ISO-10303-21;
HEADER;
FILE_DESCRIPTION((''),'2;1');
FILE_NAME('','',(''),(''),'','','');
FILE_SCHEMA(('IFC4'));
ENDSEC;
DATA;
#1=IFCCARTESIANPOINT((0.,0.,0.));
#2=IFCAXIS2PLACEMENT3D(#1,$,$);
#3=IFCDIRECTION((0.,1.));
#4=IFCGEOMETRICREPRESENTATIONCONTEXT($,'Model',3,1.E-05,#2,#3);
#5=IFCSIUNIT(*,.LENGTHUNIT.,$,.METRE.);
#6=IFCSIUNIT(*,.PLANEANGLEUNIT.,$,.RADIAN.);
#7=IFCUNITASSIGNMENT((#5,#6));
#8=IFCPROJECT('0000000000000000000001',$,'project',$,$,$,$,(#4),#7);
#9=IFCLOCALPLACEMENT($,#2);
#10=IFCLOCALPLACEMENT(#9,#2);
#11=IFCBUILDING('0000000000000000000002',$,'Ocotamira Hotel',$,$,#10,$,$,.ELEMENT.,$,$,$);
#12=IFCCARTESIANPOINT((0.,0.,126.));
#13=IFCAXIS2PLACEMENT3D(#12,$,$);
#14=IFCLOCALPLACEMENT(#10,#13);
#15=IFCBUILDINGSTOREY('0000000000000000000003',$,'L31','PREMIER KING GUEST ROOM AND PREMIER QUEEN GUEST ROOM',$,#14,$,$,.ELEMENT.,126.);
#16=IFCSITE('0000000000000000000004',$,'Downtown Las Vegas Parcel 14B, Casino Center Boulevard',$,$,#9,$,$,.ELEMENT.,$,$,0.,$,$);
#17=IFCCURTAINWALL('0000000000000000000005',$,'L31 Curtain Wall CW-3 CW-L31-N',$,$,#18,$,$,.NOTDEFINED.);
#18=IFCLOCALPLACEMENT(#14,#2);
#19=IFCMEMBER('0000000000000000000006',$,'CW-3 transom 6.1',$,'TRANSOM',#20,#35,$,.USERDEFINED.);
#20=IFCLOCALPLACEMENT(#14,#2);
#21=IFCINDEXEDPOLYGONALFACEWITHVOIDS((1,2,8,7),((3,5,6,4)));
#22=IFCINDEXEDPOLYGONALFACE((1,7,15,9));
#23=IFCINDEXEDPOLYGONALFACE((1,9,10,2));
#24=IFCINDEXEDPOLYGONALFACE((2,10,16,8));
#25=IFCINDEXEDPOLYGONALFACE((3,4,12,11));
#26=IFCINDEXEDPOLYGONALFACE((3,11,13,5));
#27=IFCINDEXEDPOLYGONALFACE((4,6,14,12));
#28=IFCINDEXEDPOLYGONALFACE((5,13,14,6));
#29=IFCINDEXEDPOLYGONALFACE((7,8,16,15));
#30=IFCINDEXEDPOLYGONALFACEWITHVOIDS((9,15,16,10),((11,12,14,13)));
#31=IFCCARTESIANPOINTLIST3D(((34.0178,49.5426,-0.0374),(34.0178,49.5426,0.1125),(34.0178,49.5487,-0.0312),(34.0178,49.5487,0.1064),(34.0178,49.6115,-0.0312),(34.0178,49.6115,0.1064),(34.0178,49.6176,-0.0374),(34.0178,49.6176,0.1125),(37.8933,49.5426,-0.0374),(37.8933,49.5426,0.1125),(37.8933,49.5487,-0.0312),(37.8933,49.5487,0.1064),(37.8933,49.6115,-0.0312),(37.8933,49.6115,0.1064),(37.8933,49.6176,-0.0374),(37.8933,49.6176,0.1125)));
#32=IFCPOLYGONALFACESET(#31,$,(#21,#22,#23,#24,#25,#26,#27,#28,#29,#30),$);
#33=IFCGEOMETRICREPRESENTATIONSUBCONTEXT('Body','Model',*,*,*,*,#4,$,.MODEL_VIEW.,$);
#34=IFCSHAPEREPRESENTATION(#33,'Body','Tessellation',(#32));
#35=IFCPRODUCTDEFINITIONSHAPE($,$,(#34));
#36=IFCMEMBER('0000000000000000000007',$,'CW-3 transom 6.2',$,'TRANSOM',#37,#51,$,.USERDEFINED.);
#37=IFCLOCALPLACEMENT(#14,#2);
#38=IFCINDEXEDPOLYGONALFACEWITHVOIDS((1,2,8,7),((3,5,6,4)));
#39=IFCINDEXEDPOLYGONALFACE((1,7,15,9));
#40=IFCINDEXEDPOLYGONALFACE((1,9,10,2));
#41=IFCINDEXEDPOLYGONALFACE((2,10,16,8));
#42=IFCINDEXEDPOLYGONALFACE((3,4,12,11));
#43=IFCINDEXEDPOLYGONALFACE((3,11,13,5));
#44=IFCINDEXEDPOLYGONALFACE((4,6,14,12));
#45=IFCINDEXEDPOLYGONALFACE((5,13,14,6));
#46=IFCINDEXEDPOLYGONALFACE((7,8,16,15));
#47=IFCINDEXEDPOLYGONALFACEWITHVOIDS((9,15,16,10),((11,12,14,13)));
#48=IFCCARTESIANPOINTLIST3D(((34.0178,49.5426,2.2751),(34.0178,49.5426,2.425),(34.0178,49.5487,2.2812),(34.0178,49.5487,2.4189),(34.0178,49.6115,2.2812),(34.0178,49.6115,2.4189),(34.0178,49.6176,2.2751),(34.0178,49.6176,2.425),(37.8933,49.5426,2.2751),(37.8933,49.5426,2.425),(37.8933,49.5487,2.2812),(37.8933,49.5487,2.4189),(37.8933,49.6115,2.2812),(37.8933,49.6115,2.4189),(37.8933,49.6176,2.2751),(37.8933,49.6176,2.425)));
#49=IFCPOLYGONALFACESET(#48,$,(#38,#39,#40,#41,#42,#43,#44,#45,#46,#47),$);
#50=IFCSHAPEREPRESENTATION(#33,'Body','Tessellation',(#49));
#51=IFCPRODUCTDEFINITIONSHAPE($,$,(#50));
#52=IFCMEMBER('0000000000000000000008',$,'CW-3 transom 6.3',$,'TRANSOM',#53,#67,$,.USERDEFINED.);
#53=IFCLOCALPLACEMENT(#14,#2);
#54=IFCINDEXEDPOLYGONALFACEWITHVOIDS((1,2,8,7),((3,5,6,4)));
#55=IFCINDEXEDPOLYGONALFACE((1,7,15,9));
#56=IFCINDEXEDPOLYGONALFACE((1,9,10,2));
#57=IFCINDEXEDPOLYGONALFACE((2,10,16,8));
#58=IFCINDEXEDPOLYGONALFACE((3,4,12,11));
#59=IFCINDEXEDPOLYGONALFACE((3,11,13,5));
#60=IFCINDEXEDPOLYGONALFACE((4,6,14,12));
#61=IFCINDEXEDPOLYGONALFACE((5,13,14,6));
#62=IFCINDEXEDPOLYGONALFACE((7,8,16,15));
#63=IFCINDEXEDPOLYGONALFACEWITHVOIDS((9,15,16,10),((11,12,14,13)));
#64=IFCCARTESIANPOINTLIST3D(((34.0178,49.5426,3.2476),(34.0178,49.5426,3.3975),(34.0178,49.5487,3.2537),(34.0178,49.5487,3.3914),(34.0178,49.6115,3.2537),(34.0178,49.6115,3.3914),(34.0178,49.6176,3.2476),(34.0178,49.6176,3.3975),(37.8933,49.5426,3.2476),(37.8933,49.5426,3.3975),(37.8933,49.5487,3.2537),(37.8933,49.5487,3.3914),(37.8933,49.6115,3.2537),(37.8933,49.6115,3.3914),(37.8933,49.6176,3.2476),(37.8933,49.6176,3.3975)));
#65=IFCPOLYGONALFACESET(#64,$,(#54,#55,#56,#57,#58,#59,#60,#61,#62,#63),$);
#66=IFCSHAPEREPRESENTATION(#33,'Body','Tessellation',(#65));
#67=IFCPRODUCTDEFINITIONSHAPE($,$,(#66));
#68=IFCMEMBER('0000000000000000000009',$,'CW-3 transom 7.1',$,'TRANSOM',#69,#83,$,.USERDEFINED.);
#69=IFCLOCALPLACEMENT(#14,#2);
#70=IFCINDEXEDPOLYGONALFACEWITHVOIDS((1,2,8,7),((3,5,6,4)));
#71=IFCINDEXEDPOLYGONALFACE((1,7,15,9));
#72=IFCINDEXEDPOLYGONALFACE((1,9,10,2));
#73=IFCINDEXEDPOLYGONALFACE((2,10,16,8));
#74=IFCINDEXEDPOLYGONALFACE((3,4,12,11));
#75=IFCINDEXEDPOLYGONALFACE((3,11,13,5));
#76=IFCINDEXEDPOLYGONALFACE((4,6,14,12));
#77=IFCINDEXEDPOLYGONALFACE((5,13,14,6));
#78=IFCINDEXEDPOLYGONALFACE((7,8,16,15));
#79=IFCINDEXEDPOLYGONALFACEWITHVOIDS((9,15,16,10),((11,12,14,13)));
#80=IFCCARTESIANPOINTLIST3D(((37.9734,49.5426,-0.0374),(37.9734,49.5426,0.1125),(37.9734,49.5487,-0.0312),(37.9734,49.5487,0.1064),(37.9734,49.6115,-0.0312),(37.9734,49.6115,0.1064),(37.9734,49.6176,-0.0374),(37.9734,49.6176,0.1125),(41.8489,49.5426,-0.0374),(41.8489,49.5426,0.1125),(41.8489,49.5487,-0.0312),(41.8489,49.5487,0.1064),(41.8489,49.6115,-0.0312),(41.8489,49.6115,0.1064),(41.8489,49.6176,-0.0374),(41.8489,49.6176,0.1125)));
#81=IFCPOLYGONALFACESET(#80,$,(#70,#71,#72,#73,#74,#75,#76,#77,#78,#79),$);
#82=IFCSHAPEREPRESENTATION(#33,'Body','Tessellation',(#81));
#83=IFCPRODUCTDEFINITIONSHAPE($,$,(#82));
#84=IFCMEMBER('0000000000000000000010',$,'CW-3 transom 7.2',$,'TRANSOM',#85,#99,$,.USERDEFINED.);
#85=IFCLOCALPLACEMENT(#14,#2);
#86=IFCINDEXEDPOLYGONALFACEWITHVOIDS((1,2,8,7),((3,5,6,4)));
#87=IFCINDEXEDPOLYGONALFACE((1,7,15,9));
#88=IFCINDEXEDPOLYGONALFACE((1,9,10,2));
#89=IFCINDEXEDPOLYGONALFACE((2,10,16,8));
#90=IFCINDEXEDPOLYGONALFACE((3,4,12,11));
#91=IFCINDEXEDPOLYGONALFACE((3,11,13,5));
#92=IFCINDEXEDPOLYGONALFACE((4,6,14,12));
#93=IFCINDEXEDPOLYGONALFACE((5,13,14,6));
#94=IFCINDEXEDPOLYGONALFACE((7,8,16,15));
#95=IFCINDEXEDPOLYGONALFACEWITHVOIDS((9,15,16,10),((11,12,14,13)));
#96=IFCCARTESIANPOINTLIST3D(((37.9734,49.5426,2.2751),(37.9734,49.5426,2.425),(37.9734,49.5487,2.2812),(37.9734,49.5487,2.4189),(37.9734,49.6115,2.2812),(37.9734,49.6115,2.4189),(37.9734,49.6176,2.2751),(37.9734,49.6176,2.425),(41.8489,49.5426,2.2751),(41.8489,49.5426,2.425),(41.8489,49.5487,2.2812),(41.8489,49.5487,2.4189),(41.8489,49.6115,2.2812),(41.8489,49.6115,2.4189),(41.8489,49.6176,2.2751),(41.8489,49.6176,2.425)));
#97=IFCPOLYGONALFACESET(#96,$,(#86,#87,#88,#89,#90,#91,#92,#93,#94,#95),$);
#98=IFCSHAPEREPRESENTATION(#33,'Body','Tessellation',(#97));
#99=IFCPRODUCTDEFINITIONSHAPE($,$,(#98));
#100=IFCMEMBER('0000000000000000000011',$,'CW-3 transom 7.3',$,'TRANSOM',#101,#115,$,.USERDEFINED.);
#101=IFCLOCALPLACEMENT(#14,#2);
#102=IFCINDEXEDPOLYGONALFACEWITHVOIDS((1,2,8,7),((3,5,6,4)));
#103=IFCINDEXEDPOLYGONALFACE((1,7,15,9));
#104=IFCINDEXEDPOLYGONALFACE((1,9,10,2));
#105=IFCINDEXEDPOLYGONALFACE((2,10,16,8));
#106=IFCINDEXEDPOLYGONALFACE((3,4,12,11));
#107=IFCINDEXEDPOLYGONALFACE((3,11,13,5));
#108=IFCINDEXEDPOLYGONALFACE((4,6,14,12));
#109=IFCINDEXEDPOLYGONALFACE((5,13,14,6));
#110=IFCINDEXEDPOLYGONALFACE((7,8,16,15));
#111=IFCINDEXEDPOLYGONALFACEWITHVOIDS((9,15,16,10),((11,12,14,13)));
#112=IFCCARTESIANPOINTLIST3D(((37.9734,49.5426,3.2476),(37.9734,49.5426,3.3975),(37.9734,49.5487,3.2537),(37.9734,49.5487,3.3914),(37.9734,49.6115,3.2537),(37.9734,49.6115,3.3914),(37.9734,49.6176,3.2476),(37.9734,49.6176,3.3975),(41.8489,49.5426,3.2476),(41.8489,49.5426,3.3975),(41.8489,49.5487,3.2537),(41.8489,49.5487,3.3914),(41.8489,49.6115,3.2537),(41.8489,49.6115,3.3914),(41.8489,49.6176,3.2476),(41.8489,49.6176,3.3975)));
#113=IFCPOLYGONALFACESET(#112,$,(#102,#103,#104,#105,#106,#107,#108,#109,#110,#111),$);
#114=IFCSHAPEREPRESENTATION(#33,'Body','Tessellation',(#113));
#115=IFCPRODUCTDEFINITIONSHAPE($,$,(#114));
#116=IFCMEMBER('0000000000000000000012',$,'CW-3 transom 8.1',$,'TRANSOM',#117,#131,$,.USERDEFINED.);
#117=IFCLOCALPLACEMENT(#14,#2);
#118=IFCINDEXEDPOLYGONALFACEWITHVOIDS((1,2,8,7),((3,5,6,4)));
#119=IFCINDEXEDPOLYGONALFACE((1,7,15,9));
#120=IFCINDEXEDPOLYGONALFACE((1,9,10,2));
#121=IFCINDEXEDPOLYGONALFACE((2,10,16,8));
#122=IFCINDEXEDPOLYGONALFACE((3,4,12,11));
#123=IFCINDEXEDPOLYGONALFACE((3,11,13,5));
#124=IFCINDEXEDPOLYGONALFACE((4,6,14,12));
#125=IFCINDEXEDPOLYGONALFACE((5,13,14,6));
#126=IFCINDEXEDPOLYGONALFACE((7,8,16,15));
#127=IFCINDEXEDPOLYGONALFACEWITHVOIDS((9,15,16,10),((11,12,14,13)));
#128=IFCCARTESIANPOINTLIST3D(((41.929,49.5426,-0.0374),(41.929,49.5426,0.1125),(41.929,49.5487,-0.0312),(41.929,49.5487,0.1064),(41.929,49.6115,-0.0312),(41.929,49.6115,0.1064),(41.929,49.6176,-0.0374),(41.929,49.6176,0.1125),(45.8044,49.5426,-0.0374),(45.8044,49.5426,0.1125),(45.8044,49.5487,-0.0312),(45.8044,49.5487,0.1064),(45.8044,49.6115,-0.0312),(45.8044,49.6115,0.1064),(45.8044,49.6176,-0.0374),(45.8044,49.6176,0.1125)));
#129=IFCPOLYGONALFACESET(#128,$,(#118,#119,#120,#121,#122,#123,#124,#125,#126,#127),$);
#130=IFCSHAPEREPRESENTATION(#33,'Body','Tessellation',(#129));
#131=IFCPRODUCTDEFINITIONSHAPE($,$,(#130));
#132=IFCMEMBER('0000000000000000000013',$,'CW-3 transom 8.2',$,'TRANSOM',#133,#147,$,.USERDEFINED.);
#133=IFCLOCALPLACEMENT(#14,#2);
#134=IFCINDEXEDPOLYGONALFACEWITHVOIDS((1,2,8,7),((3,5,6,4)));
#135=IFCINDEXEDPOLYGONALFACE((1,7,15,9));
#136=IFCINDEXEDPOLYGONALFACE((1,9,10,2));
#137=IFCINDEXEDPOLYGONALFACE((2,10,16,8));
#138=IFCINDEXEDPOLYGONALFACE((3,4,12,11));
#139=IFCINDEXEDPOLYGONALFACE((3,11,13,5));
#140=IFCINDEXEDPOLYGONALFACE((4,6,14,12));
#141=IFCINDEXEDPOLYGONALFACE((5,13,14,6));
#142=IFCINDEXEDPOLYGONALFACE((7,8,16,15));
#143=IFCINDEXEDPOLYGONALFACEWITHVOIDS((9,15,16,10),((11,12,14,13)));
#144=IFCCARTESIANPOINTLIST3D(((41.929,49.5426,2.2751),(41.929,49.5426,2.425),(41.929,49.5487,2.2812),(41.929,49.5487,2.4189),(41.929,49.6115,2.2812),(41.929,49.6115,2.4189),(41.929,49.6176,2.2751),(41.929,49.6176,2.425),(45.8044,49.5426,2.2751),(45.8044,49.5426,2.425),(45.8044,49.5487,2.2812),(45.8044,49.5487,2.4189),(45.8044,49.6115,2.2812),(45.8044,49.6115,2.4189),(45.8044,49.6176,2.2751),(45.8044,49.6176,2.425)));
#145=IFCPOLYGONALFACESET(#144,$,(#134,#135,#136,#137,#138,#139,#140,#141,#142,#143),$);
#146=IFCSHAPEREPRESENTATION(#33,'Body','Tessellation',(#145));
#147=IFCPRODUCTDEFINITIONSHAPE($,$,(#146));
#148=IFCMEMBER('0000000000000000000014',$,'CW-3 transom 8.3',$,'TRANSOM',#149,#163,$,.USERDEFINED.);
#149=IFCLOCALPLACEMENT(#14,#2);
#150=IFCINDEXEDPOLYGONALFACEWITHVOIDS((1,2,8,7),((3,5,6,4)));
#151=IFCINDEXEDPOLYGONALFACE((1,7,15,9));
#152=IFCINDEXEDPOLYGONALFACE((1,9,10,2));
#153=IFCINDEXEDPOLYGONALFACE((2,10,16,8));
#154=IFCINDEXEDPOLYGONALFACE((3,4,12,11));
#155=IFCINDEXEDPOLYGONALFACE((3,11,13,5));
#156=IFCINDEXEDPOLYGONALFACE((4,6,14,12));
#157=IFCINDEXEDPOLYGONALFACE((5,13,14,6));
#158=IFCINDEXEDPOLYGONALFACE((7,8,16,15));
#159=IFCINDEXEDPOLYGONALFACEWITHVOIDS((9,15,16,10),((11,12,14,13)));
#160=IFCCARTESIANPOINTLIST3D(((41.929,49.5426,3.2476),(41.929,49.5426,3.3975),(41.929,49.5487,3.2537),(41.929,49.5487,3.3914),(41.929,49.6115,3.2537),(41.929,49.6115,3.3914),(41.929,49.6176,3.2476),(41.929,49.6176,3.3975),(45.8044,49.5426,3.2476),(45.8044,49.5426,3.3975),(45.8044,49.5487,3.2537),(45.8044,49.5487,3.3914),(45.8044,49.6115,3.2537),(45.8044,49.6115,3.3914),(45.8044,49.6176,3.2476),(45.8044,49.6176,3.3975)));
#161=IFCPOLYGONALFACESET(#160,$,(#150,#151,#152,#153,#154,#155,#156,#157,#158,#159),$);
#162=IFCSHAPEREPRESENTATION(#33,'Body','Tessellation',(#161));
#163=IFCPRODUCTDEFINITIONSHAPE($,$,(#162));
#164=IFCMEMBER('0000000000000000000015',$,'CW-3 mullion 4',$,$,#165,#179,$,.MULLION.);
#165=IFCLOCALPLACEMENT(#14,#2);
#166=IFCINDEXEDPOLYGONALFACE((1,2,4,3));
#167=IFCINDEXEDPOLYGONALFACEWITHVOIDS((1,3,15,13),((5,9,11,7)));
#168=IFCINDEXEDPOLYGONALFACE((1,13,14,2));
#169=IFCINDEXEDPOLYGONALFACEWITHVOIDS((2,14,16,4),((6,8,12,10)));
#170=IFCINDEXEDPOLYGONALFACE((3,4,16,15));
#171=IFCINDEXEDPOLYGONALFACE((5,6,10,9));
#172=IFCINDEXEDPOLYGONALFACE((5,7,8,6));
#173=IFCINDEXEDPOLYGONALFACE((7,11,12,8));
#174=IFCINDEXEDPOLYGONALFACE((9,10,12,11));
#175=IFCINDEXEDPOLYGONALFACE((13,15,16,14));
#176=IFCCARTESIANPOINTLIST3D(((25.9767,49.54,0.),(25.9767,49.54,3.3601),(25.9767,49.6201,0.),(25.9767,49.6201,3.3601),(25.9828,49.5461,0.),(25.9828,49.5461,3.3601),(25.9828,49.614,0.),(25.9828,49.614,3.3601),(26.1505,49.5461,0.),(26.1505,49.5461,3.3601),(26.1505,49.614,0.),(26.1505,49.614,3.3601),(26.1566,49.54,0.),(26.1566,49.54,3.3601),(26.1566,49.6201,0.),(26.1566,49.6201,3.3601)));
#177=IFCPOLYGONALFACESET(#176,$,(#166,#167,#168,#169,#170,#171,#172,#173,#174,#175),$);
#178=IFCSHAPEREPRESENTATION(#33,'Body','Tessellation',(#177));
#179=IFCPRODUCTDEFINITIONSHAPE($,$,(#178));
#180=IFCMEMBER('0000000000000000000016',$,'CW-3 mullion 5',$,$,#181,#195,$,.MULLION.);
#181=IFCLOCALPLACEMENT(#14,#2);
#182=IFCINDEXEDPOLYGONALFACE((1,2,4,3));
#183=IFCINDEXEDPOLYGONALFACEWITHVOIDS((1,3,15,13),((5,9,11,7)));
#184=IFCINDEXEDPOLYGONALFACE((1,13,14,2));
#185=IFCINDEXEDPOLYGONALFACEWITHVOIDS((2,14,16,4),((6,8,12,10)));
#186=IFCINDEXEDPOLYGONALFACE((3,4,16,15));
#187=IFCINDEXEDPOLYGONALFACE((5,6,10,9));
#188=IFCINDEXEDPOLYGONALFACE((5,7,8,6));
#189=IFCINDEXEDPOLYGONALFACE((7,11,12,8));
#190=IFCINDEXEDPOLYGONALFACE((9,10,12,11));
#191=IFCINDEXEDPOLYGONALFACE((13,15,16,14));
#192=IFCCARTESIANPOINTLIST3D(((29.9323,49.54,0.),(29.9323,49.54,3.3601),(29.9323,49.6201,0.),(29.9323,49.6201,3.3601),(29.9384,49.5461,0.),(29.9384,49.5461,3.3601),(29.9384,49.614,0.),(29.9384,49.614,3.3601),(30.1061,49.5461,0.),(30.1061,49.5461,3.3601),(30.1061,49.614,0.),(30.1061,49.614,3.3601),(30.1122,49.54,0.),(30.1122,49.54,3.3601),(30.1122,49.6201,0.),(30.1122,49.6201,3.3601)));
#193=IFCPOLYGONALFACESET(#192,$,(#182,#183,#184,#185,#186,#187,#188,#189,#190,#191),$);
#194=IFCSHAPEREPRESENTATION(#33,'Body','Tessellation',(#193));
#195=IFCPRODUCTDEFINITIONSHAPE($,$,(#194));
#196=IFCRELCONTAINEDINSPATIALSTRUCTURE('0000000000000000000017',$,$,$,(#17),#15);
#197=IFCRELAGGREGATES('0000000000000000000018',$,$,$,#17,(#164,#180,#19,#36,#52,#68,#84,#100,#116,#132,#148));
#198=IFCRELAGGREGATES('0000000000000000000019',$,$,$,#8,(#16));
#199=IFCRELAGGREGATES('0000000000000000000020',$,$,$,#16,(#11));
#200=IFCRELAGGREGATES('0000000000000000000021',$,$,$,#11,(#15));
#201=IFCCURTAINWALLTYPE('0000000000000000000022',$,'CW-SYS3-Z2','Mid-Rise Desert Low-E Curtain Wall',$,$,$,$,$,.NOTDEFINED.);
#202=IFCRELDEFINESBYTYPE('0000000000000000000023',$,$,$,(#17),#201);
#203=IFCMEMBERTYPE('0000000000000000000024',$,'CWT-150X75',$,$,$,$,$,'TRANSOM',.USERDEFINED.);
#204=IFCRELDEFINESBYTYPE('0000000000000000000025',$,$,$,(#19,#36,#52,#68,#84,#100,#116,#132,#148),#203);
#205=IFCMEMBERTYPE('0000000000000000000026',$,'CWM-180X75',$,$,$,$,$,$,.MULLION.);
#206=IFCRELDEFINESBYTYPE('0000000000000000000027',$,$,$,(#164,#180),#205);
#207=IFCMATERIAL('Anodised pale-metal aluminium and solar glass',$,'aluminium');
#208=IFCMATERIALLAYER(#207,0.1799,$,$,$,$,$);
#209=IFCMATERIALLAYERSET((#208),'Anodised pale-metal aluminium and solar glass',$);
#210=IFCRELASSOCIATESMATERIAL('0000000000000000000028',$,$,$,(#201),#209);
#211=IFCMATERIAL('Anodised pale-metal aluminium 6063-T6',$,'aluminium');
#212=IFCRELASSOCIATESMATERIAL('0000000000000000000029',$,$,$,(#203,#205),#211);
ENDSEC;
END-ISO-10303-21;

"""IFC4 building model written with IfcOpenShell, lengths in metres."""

from ifc_helpers import new_model, si_unit, direction, frame, origin, origin_2d, place, context, subcontext, project, spatial, hollow_rectangle, extrude, source, transform, mapped, material, layer, layer_set, material_profile, profile_set, type_object, element, aggregate, save


model = new_model("IFC4")

# Units and contexts
model_context = context("Model", 3, precision=1e-05, world=origin(), true_north=direction((0.0, 1.0)))
body_context = subcontext(model_context, "Body", "Model", "MODEL_VIEW")
ifc_project = project(units=[si_unit("LENGTHUNIT", "METRE"), si_unit("PLANEANGLEUNIT", "RADIAN")], contexts=[model_context])

# Site, building, storey
site_placement = place(None, origin())
site = spatial("IfcSite", under=ifc_project, at=site_placement, Name="Downtown Las Vegas Parcel 14B, Casino Center Boulevard", CompositionType="ELEMENT", RefElevation=0.0)
building_placement = place(site_placement, origin())
building = spatial("IfcBuilding", under=site, at=building_placement, Name="Ocotamira Hotel", CompositionType="ELEMENT")
storey_placement = place(building_placement, frame((0.0, 0.0, 126.0)))
storey = spatial("IfcBuildingStorey", under=building, at=storey_placement, Name="L31", Description="PREMIER KING GUEST ROOM AND PREMIER QUEEN GUEST ROOM", CompositionType="ELEMENT", Elevation=126.0)

# Curtain wall, members
ifc_material_1 = material(Name="Anodised pale-metal aluminium and solar glass", Category="aluminium")
ifc_layer_1 = layer(ifc_material_1, 0.1799)
ifc_layer_set_1 = layer_set([ifc_layer_1], Name="Anodised pale-metal aluminium and solar glass")
curtain_wall_type = type_object("IfcCurtainWallType", Name="CW-SYS3-Z2", Description="Mid-Rise Desert Low-E Curtain Wall", PredefinedType="NOTDEFINED", material=ifc_layer_set_1)
curtain_wall_placement = place(storey_placement, origin())
curtain_wall = element("IfcCurtainWall", 1, at=curtain_wall_placement, inside=storey, type_object=curtain_wall_type, Name="L31 Curtain Wall CW-3 CW-L31-N", PredefinedType="NOTDEFINED")
ifc_material_2 = material(Name="Anodised pale-metal aluminium 6063-T6", Category="aluminium")
ifc_material_profile_1 = material_profile(ifc_material_2, hollow_rectangle(XDim=0.075, YDim=0.1499, WallThickness=0.0061, at=origin_2d()), Name="HSS150X75X6")
ifc_profile_set_1 = profile_set([ifc_material_profile_1], Name="Anodised pale-metal aluminium 6063-T6")
member_type_1 = type_object("IfcMemberType", Name="CWT-150X75", ElementType="TRANSOM", PredefinedType="USERDEFINED", material=ifc_profile_set_1)
shared_shape_1 = source(origin(), body_context, "Body", "SweptSolid", [
    extrude(hollow_rectangle(XDim=0.075, YDim=0.1499, WallThickness=0.0061, at=origin_2d()), origin(), (0.0, 0.0, 1.0), 3.8755),
])
member_1_placement = place(storey_placement, frame((34.0178, 49.5801, 0.0376), z_axis=(1.0, 0.0, 0.0), x_axis=(0.0, 1.0, 0.0)))
member_1 = element("IfcMember", 2, at=member_1_placement, type_object=member_type_1, Name="CW-3 transom 6.1", ObjectType="TRANSOM", PredefinedType="USERDEFINED", context=body_context, shape_type="MappedRepresentation", body=[
    mapped(shared_shape_1, transform((0.0, 0.0, 0.0), scale=1.0)),
])
member_2_placement = place(storey_placement, frame((34.0178, 49.5801, 2.3501), z_axis=(1.0, 0.0, 0.0), x_axis=(0.0, 1.0, 0.0)))
member_2 = element("IfcMember", 3, at=member_2_placement, type_object=member_type_1, Name="CW-3 transom 6.2", ObjectType="TRANSOM", PredefinedType="USERDEFINED", context=body_context, shape_type="MappedRepresentation", body=[
    mapped(shared_shape_1, transform((0.0, 0.0, 0.0), scale=1.0)),
])
member_3_placement = place(storey_placement, frame((34.0178, 49.5801, 3.3225), z_axis=(1.0, 0.0, 0.0), x_axis=(0.0, 1.0, 0.0)))
member_3 = element("IfcMember", 4, at=member_3_placement, type_object=member_type_1, Name="CW-3 transom 6.3", ObjectType="TRANSOM", PredefinedType="USERDEFINED", context=body_context, shape_type="MappedRepresentation", body=[
    mapped(shared_shape_1, transform((0.0, 0.0, 0.0), scale=1.0)),
])
member_4_placement = place(storey_placement, frame((37.9734, 49.5801, 0.0376), z_axis=(1.0, 0.0, 0.0), x_axis=(0.0, 1.0, 0.0)))
member_4 = element("IfcMember", 5, at=member_4_placement, type_object=member_type_1, Name="CW-3 transom 7.1", ObjectType="TRANSOM", PredefinedType="USERDEFINED", context=body_context, shape_type="MappedRepresentation", body=[
    mapped(shared_shape_1, transform((0.0, 0.0, 0.0), scale=1.0)),
])
member_5_placement = place(storey_placement, frame((37.9734, 49.5801, 2.3501), z_axis=(1.0, 0.0, 0.0), x_axis=(0.0, 1.0, 0.0)))
member_5 = element("IfcMember", 6, at=member_5_placement, type_object=member_type_1, Name="CW-3 transom 7.2", ObjectType="TRANSOM", PredefinedType="USERDEFINED", context=body_context, shape_type="MappedRepresentation", body=[
    mapped(shared_shape_1, transform((0.0, 0.0, 0.0), scale=1.0)),
])
member_6_placement = place(storey_placement, frame((37.9734, 49.5801, 3.3225), z_axis=(1.0, 0.0, 0.0), x_axis=(0.0, 1.0, 0.0)))
member_6 = element("IfcMember", 7, at=member_6_placement, type_object=member_type_1, Name="CW-3 transom 7.3", ObjectType="TRANSOM", PredefinedType="USERDEFINED", context=body_context, shape_type="MappedRepresentation", body=[
    mapped(shared_shape_1, transform((0.0, 0.0, 0.0), scale=1.0)),
])
member_7_placement = place(storey_placement, frame((41.929, 49.5801, 0.0376), z_axis=(1.0, 0.0, 0.0), x_axis=(0.0, 1.0, 0.0)))
member_7 = element("IfcMember", 8, at=member_7_placement, type_object=member_type_1, Name="CW-3 transom 8.1", ObjectType="TRANSOM", PredefinedType="USERDEFINED", context=body_context, shape_type="MappedRepresentation", body=[
    mapped(shared_shape_1, transform((0.0, 0.0, 0.0), scale=1.0)),
])
member_8_placement = place(storey_placement, frame((41.929, 49.5801, 2.3501), z_axis=(1.0, 0.0, 0.0), x_axis=(0.0, 1.0, 0.0)))
member_8 = element("IfcMember", 9, at=member_8_placement, type_object=member_type_1, Name="CW-3 transom 8.2", ObjectType="TRANSOM", PredefinedType="USERDEFINED", context=body_context, shape_type="MappedRepresentation", body=[
    mapped(shared_shape_1, transform((0.0, 0.0, 0.0), scale=1.0)),
])
member_9_placement = place(storey_placement, frame((41.929, 49.5801, 3.3225), z_axis=(1.0, 0.0, 0.0), x_axis=(0.0, 1.0, 0.0)))
member_9 = element("IfcMember", 10, at=member_9_placement, type_object=member_type_1, Name="CW-3 transom 8.3", ObjectType="TRANSOM", PredefinedType="USERDEFINED", context=body_context, shape_type="MappedRepresentation", body=[
    mapped(shared_shape_1, transform((0.0, 0.0, 0.0), scale=1.0)),
])
ifc_material_profile_2 = material_profile(ifc_material_2, hollow_rectangle(XDim=0.0801, YDim=0.1799, WallThickness=0.0061, at=origin_2d()), Name="HSS180X80X6")
ifc_profile_set_2 = profile_set([ifc_material_profile_2], Name="Anodised pale-metal aluminium 6063-T6")
member_type_2 = type_object("IfcMemberType", Name="CWM-180X75", PredefinedType="MULLION", material=ifc_profile_set_2)
shared_shape_2 = source(origin(), body_context, "Body", "SweptSolid", [
    extrude(hollow_rectangle(XDim=0.0801, YDim=0.1799, WallThickness=0.0061, at=origin_2d()), origin(), (0.0, 0.0, 1.0), 3.3601),
])
member_10_placement = place(storey_placement, frame((26.0667, 49.5801, 0.0), z_axis=(0.0, 0.0, 1.0), x_axis=(0.0, 1.0, 0.0)))
member_10 = element("IfcMember", 11, at=member_10_placement, type_object=member_type_2, Name="CW-3 mullion 4", PredefinedType="MULLION", context=body_context, shape_type="MappedRepresentation", body=[
    mapped(shared_shape_2, transform((0.0, 0.0, 0.0), scale=1.0)),
])
member_11_placement = place(storey_placement, frame((30.0222, 49.5801, 0.0), z_axis=(0.0, 0.0, 1.0), x_axis=(0.0, 1.0, 0.0)))
member_11 = element("IfcMember", 12, at=member_11_placement, type_object=member_type_2, Name="CW-3 mullion 5", PredefinedType="MULLION", context=body_context, shape_type="MappedRepresentation", body=[
    mapped(shared_shape_2, transform((0.0, 0.0, 0.0), scale=1.0)),
])

aggregate(curtain_wall, [member_10, member_11, member_1, member_2, member_3, member_4, member_5, member_6, member_7, member_8, member_9])

save(model, "model.ifc")
